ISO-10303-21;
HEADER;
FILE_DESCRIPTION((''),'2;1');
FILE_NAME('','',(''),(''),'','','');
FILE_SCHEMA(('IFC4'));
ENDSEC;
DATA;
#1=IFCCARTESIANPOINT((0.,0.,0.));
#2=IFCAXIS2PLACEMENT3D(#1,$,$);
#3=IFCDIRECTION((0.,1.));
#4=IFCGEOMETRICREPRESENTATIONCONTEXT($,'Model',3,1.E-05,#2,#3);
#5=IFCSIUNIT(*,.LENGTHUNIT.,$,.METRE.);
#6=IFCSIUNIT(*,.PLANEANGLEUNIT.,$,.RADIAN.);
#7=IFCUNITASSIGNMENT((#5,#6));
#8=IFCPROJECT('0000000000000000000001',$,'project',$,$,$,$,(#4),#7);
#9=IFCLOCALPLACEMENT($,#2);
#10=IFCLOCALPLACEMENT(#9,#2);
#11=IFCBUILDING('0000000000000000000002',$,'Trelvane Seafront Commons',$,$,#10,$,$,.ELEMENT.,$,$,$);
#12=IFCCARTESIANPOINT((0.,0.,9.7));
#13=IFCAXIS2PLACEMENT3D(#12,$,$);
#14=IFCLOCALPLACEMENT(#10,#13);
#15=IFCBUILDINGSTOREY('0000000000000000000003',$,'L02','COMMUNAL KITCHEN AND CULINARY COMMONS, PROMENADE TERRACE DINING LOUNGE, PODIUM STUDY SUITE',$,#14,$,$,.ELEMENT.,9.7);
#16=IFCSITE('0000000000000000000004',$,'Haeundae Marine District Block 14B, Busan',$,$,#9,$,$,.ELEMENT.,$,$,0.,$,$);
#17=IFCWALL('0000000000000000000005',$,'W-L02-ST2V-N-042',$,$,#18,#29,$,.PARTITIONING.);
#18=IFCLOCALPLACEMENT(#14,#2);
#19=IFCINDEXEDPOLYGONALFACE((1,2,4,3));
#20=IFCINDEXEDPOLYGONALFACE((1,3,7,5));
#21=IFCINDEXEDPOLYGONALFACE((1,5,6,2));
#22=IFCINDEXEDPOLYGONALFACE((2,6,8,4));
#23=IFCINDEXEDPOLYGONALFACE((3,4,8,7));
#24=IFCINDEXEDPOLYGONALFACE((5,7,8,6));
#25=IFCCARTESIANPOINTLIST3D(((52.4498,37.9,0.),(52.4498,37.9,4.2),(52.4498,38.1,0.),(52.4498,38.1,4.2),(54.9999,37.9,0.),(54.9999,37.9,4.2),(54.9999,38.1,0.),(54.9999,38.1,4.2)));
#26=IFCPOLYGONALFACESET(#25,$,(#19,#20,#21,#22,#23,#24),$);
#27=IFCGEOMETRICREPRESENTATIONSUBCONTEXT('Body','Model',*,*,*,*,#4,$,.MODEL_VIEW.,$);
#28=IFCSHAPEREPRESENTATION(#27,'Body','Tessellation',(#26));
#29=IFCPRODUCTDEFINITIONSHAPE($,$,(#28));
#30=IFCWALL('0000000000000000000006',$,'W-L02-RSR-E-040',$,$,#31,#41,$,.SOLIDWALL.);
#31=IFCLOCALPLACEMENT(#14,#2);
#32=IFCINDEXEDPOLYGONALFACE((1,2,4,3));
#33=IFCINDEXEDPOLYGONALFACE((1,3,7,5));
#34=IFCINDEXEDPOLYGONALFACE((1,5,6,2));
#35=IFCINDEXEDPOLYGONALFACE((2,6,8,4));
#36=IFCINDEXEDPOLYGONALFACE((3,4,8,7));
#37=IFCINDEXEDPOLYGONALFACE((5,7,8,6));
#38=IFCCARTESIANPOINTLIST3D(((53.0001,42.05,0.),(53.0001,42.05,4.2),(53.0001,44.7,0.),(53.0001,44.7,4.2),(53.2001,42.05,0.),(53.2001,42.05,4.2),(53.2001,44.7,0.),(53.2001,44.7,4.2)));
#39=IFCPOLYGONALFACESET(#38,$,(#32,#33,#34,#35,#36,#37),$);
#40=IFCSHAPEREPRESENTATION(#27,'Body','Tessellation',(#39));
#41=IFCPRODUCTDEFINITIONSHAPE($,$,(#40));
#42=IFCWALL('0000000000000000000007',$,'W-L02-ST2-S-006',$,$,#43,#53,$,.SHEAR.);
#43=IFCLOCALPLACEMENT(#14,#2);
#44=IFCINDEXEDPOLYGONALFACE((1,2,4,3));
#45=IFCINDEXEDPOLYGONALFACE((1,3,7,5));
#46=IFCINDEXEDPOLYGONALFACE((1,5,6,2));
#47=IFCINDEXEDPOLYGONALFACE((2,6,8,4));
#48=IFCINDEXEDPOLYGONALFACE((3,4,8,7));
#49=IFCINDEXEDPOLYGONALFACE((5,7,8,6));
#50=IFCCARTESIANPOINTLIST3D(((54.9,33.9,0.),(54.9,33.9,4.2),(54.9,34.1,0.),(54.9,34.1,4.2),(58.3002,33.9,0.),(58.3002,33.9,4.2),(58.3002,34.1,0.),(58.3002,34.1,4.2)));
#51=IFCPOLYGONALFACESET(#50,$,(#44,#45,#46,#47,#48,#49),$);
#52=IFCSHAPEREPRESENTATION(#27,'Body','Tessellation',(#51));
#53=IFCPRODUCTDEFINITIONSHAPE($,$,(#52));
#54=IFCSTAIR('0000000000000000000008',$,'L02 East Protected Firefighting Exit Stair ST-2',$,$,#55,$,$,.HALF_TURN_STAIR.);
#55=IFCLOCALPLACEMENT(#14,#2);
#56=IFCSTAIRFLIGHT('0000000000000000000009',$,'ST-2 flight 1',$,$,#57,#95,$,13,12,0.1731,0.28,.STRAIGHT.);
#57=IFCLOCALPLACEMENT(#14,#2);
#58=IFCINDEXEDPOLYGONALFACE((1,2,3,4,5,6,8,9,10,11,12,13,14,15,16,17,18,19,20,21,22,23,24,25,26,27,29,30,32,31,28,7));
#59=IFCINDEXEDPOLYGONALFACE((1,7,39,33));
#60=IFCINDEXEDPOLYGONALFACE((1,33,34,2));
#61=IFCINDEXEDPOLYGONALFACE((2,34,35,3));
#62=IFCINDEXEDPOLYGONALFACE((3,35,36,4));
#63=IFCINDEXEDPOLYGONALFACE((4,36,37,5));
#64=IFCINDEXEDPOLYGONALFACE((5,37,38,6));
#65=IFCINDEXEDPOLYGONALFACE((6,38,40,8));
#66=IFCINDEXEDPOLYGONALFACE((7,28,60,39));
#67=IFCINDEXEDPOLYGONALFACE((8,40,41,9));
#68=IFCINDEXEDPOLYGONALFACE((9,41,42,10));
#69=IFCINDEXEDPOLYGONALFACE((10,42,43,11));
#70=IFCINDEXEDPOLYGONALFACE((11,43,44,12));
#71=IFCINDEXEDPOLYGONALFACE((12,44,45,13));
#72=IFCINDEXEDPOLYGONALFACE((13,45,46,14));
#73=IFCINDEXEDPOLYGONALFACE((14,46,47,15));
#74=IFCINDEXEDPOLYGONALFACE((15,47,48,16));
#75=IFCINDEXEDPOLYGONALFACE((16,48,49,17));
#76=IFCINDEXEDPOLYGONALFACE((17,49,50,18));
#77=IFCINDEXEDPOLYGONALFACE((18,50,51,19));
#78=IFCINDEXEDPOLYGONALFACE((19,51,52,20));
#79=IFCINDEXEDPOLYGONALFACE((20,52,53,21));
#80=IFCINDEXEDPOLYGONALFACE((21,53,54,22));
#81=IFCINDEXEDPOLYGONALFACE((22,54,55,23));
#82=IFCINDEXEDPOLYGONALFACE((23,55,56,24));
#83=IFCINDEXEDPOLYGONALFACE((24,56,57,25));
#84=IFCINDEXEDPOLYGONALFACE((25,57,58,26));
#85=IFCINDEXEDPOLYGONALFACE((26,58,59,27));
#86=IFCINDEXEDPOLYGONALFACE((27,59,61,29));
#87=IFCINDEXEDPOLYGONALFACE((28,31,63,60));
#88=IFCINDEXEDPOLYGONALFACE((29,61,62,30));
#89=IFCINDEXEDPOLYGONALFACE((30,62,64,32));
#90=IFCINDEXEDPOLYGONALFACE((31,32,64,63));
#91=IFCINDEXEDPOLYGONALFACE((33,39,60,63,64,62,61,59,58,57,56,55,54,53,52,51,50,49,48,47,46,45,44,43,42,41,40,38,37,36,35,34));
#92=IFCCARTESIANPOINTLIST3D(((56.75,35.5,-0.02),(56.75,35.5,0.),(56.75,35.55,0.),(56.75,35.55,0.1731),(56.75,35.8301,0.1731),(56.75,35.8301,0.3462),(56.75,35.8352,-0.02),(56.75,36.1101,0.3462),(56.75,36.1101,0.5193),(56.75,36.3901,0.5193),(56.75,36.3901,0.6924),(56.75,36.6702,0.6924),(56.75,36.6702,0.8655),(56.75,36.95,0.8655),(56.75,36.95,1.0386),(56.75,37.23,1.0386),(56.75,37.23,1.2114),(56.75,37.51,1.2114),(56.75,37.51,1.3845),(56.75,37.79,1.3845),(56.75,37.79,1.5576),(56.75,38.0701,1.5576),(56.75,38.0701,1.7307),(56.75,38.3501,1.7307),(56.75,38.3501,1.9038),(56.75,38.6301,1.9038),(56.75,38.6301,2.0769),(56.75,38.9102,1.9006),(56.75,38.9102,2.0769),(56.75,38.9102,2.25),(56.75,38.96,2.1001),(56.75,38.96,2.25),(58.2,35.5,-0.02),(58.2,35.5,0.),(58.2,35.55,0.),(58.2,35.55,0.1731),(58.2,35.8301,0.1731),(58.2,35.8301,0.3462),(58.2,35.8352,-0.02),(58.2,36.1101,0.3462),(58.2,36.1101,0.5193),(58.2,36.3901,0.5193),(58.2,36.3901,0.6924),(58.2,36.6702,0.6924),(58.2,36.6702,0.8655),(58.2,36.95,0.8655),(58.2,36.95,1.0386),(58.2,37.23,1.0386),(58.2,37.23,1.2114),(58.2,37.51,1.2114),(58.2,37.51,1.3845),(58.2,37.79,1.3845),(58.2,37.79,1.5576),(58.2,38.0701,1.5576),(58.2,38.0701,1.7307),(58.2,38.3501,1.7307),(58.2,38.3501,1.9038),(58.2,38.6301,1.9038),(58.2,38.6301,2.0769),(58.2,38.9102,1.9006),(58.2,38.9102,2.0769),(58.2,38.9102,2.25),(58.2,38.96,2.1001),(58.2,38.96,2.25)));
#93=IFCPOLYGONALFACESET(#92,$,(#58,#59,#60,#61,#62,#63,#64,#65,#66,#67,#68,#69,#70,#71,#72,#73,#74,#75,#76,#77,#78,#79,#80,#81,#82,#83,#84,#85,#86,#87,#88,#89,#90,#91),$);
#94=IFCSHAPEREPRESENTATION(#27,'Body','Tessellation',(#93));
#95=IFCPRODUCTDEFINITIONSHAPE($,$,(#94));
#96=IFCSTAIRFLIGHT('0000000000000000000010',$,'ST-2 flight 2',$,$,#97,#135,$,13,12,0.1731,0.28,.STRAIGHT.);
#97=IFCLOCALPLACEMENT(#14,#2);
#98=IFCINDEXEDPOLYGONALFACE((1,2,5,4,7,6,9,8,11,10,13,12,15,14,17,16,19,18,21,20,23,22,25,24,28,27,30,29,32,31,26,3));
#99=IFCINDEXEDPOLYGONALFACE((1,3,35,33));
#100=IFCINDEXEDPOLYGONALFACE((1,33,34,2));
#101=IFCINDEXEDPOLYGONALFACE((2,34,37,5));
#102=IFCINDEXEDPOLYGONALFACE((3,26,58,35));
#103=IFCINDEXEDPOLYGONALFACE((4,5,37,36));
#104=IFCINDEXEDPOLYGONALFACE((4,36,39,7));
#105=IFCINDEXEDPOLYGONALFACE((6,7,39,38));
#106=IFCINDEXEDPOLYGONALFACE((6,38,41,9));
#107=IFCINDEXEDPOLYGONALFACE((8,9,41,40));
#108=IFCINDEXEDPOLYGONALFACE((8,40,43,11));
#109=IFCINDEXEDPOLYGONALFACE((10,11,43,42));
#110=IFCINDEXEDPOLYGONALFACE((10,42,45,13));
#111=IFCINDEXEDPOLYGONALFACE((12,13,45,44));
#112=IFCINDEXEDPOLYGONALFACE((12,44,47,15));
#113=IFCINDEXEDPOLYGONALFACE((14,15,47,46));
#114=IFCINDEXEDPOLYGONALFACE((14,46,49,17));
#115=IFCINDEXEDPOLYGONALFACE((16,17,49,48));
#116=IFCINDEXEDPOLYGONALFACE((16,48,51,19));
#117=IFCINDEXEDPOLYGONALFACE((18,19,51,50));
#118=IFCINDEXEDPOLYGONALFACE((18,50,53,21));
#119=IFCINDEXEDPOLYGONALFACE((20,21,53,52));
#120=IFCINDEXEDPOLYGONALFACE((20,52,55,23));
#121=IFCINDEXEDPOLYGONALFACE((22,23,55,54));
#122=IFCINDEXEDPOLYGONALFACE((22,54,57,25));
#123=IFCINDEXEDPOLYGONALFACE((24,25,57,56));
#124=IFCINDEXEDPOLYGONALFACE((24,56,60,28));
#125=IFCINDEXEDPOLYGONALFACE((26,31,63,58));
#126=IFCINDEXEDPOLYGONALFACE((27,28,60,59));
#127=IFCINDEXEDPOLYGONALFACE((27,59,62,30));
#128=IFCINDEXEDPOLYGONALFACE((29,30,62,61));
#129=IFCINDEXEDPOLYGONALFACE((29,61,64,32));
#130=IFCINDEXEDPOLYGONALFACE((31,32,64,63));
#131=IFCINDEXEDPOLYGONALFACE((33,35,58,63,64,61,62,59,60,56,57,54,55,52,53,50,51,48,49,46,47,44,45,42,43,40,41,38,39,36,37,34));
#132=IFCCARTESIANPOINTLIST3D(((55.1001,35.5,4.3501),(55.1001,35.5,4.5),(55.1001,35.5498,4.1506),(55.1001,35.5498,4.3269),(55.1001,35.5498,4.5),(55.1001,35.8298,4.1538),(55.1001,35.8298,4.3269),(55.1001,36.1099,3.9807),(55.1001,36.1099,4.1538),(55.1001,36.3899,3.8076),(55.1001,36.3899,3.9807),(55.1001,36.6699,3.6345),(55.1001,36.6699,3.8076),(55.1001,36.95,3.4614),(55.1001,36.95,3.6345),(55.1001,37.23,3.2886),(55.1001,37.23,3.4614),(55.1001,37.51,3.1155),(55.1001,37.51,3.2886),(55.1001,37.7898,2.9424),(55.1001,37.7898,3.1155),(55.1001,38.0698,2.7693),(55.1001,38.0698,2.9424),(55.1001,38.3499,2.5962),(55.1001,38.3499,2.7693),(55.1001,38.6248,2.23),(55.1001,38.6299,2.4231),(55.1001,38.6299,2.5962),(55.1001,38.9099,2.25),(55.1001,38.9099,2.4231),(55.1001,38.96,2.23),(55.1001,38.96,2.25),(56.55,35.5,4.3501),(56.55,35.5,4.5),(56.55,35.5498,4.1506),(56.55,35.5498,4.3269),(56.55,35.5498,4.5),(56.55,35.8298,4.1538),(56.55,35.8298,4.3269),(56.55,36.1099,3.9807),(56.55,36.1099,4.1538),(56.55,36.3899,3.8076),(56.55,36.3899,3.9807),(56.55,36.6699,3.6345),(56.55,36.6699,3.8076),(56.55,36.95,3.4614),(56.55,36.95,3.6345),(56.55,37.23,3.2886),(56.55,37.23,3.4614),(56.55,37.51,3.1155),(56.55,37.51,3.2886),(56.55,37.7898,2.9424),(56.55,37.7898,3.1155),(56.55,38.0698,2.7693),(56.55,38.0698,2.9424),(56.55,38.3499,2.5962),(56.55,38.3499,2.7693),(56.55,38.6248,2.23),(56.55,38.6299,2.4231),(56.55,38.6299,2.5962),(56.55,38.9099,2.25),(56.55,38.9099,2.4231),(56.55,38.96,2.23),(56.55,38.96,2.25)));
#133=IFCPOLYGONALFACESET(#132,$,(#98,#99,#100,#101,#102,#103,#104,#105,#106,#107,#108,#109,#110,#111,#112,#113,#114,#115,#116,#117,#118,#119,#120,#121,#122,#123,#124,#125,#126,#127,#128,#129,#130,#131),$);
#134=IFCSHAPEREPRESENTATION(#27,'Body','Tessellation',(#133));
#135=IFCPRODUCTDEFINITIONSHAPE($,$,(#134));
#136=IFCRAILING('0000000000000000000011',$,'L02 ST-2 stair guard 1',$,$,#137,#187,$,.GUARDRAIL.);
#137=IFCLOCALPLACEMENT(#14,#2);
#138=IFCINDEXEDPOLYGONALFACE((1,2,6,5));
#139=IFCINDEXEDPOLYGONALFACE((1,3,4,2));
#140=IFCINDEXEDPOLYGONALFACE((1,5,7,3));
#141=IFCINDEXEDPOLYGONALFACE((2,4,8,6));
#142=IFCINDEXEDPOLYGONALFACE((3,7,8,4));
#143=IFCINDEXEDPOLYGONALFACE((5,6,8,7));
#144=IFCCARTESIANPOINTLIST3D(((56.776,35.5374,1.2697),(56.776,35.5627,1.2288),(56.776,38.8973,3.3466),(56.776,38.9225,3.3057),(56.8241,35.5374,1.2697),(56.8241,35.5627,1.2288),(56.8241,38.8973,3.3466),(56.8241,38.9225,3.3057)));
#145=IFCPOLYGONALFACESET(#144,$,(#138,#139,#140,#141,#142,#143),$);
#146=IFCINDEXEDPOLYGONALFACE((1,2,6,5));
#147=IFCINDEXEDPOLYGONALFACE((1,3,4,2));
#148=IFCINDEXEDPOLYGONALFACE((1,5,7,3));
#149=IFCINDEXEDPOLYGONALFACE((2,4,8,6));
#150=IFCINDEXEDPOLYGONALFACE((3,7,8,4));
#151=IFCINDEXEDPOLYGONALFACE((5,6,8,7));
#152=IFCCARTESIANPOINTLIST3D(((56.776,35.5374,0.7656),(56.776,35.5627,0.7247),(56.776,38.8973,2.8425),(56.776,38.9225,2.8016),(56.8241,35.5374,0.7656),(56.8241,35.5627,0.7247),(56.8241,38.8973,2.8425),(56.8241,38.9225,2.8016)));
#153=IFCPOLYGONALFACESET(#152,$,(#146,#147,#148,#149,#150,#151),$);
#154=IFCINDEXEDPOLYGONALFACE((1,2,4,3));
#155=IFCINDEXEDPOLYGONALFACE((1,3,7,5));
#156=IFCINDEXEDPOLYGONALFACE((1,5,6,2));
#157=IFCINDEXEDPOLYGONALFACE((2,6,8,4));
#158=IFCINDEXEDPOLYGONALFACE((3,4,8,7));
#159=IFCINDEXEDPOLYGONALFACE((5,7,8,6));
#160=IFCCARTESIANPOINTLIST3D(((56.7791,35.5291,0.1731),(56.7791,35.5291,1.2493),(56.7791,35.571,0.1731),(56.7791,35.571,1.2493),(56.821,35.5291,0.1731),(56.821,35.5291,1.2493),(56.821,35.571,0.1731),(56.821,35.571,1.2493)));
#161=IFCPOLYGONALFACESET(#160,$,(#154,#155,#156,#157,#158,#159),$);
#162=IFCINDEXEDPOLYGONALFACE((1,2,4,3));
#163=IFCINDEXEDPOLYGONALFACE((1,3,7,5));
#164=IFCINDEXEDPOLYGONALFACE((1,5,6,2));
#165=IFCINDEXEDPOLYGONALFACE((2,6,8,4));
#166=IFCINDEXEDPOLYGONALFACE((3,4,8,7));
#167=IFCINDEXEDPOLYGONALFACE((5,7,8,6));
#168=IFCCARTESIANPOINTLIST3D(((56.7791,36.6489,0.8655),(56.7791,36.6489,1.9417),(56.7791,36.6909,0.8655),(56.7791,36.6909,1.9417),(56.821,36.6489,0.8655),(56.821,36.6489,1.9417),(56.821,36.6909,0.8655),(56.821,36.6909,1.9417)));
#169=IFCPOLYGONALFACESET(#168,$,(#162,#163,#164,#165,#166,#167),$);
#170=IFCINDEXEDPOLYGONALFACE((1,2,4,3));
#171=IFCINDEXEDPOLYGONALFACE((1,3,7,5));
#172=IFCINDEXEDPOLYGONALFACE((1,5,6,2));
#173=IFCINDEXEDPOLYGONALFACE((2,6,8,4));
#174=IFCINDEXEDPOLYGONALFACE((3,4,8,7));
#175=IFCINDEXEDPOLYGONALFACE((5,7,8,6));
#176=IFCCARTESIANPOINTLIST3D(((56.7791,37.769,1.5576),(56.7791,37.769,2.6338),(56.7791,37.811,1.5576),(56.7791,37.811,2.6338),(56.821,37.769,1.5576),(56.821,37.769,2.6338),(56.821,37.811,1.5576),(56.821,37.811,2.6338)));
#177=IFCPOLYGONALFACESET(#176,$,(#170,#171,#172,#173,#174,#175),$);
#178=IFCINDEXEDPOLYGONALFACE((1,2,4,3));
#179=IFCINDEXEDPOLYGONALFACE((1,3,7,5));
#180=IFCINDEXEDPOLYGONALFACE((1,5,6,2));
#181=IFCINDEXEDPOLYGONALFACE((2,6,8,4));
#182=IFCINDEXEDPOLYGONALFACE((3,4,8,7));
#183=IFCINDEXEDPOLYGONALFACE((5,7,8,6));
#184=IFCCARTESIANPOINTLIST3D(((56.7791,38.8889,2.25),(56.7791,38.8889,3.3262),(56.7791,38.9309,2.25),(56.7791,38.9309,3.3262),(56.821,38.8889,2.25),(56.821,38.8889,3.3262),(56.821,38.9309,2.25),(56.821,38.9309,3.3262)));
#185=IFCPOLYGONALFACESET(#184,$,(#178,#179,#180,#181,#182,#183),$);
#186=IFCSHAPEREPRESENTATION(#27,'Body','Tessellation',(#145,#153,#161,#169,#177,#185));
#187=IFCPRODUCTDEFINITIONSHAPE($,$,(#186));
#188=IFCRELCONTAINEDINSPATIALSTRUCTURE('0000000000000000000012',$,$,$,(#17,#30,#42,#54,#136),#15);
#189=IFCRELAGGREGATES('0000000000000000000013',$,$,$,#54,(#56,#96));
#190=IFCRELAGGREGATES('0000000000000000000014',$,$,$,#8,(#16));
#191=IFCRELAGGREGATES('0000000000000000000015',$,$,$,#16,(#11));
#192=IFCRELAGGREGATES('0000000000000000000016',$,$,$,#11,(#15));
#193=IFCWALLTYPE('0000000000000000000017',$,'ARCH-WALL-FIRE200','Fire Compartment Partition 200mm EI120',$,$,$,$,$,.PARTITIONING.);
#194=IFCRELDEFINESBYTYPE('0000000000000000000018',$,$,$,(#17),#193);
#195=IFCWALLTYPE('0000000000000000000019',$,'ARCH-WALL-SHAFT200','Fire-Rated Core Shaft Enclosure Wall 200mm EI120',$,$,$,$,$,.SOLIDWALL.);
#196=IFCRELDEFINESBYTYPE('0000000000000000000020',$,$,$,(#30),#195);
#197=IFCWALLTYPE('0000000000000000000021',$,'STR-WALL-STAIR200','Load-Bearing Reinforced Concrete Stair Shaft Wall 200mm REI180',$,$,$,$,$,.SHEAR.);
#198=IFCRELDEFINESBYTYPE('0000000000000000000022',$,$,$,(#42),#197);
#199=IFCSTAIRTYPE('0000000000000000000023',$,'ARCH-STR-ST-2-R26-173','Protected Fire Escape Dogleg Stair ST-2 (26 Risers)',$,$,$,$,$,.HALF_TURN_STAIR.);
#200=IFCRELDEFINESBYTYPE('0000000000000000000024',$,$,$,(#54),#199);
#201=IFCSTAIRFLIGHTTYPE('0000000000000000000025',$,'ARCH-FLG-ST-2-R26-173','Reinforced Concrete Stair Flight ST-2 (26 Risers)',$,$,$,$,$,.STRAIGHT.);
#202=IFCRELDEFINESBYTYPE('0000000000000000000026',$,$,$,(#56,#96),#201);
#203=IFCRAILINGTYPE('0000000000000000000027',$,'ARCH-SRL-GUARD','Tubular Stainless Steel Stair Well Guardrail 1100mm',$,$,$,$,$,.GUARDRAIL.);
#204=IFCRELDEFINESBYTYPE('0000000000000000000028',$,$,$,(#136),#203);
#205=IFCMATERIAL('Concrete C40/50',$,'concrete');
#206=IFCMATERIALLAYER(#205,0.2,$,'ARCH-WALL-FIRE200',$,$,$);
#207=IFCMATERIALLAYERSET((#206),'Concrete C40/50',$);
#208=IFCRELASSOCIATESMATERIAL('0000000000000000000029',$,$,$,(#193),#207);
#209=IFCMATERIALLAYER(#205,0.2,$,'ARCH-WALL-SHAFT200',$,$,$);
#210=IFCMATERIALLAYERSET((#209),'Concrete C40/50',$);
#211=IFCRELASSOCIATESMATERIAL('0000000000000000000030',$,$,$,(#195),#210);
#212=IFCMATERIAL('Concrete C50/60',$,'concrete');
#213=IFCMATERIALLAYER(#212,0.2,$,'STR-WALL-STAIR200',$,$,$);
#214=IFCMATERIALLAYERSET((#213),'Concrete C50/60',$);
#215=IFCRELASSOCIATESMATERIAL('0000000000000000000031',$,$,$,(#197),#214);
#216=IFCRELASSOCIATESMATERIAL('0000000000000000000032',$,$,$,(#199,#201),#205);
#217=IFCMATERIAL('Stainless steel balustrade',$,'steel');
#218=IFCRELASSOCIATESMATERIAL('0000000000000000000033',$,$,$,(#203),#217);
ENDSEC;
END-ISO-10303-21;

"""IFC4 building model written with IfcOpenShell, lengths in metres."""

from ifc_helpers import new_model, si_unit, direction, frame, frame_2d, origin, origin_2d, place, context, subcontext, project, spatial, polyline, rectangle, outline, extrude, source, transform, mapped, material, layer, layer_set, type_object, element, aggregate, save


model = new_model("IFC4")

# Units and contexts
model_context = context("Model", 3, precision=1e-05, world=origin(), true_north=direction((0.0, 1.0)))
body_context = subcontext(model_context, "Body", "Model", "MODEL_VIEW")
ifc_project = project(units=[si_unit("LENGTHUNIT", "METRE"), si_unit("PLANEANGLEUNIT", "RADIAN")], contexts=[model_context])

# Site, building, storey
site_placement = place(None, origin())
site = spatial("IfcSite", under=ifc_project, at=site_placement, Name="Haeundae Marine District Block 14B, Busan", CompositionType="ELEMENT", RefElevation=0.0)
building_placement = place(site_placement, origin())
building = spatial("IfcBuilding", under=site, at=building_placement, Name="Trelvane Seafront Commons", CompositionType="ELEMENT")
storey_placement = place(building_placement, frame((0.0, 0.0, 9.7)))
storey = spatial("IfcBuildingStorey", under=building, at=storey_placement, Name="L02", Description="COMMUNAL KITCHEN AND CULINARY COMMONS, PROMENADE TERRACE DINING LOUNGE, PODIUM STUDY SUITE", CompositionType="ELEMENT", Elevation=9.7)

# Walls
ifc_material_1 = material(Name="Concrete C40/50", Category="concrete")
ifc_layer_1 = layer(ifc_material_1, 0.2, Name="ARCH-WALL-FIRE200")
ifc_layer_set_1 = layer_set([ifc_layer_1], Name="Concrete C40/50")
wall_type_1 = type_object("IfcWallType", Name="ARCH-WALL-FIRE200", Description="Fire Compartment Partition 200mm EI120", PredefinedType="PARTITIONING", material=ifc_layer_set_1)
wall_1_placement = place(storey_placement, frame((52.45, 38.0, 0.0), z_axis=(0.0, 0.0, 1.0), x_axis=(1.0, 0.0, 0.0)))
element("IfcWall", 1, at=wall_1_placement, inside=storey, type_object=wall_type_1, Name="W-L02-ST2V-N-042", PredefinedType="PARTITIONING", context=body_context, shape_type="SweptSolid", body=[
    extrude(rectangle(XDim=2.55, YDim=0.2, at=frame_2d((1.2749, 0.0))), origin(), (0.0, 0.0, 1.0), 4.2),
])
ifc_layer_2 = layer(ifc_material_1, 0.2, Name="ARCH-WALL-SHAFT200")
ifc_layer_set_2 = layer_set([ifc_layer_2], Name="Concrete C40/50")
wall_type_2 = type_object("IfcWallType", Name="ARCH-WALL-SHAFT200", Description="Fire-Rated Core Shaft Enclosure Wall 200mm EI120", PredefinedType="SOLIDWALL", material=ifc_layer_set_2)
wall_2_placement = place(storey_placement, frame((53.1001, 42.05, 0.0), z_axis=(0.0, 0.0, 1.0), x_axis=(0.0, 1.0, 0.0)))
element("IfcWall", 2, at=wall_2_placement, inside=storey, type_object=wall_type_2, Name="W-L02-RSR-E-040", PredefinedType="SOLIDWALL", context=body_context, shape_type="SweptSolid", body=[
    extrude(rectangle(XDim=2.6499, YDim=0.2, at=frame_2d((1.325, 0.0))), origin(), (0.0, 0.0, 1.0), 4.2),
])
ifc_material_2 = material(Name="Concrete C50/60", Category="concrete")
ifc_layer_3 = layer(ifc_material_2, 0.2, Name="STR-WALL-STAIR200")
ifc_layer_set_3 = layer_set([ifc_layer_3], Name="Concrete C50/60")
wall_type_3 = type_object("IfcWallType", Name="STR-WALL-STAIR200", Description="Load-Bearing Reinforced Concrete Stair Shaft Wall 200mm REI180", PredefinedType="SHEAR", material=ifc_layer_set_3)
wall_3_placement = place(storey_placement, frame((54.8999, 34.0, 0.0), z_axis=(0.0, 0.0, 1.0), x_axis=(1.0, 0.0, 0.0)))
element("IfcWall", 3, at=wall_3_placement, inside=storey, type_object=wall_type_3, Name="W-L02-ST2-S-006", PredefinedType="SHEAR", context=body_context, shape_type="SweptSolid", body=[
    extrude(rectangle(XDim=3.4001, YDim=0.2, at=frame_2d((1.7002, 0.0))), origin(), (0.0, 0.0, 1.0), 4.2),
])

# Stair, stair flights
stair_type = type_object("IfcStairType", Name="ARCH-STR-ST-2-R26-173", Description="Protected Fire Escape Dogleg Stair ST-2 (26 Risers)", PredefinedType="HALF_TURN_STAIR", material=ifc_material_1)
stair_placement = place(storey_placement, origin())
stair = element("IfcStair", 4, at=stair_placement, inside=storey, type_object=stair_type, Name="L02 East Protected Firefighting Exit Stair ST-2", PredefinedType="HALF_TURN_STAIR")
stair_flight_type = type_object("IfcStairFlightType", Name="ARCH-FLG-ST-2-R26-173", Description="Reinforced Concrete Stair Flight ST-2 (26 Risers)", PredefinedType="STRAIGHT", material=ifc_material_1)
shared_shape_1 = source(origin(), body_context, "Body", "SweptSolid", [
    extrude(outline(polyline([(-0.05, -0.02), (-0.05, 0.0), (0.0, 0.0), (0.0, 0.1731), (0.28, 0.1731), (0.28, 0.3462), (0.5601, 0.3462), (0.5601, 0.5193), (0.8401, 0.5193), (0.8401, 0.6924), (1.1201, 0.6924), (1.1201, 0.8655), (1.3999, 0.8655), (1.3999, 1.0386), (1.6799, 1.0386), (1.6799, 1.2114), (1.96, 1.2114), (1.96, 1.3845), (2.24, 1.3845), (2.24, 1.5576), (2.52, 1.5576), (2.52, 1.7307), (2.8, 1.7307), (2.8, 1.9038), (3.0801, 1.9038), (3.0801, 2.0769), (3.3601, 2.0769), (3.3601, 2.25), (3.4099, 2.25), (3.4099, 2.1001), (3.3601, 1.9006), (0.2852, -0.02), (-0.05, -0.02)])), frame((0.0, 0.7251, 0.0), z_axis=(0.0, -1.0, 0.0), x_axis=(1.0, 0.0, 0.0)), (0.0, 0.0, 1.0), 1.45),
])
stair_flight_1_placement = place(storey_placement, frame((57.4751, 35.55, 0.0), z_axis=(0.0, 0.0, 1.0), x_axis=(0.0, 1.0, 0.0)))
stair_flight_1 = element("IfcStairFlight", 5, at=stair_flight_1_placement, type_object=stair_flight_type, Name="ST-2 flight 1", NumberOfRisers=13, NumberOfTreads=12, PredefinedType="STRAIGHT", RiserHeight=0.1731, TreadLength=0.28, context=body_context, shape_type="MappedRepresentation", body=[
    mapped(shared_shape_1, transform((0.0, 0.0, 0.0), x_axis=(1.0, 0.0, 0.0), y_axis=(0.0, 1.0, 0.0), z_axis=(0.0, 0.0, 1.0), scale=1.0)),
])
stair_flight_2_placement = place(storey_placement, frame((55.825, 38.9099, 2.25), z_axis=(0.0, 0.0, 1.0), x_axis=(0.0, -1.0, 0.0)))
stair_flight_2 = element("IfcStairFlight", 6, at=stair_flight_2_placement, type_object=stair_flight_type, Name="ST-2 flight 2", NumberOfRisers=13, NumberOfTreads=12, PredefinedType="STRAIGHT", RiserHeight=0.1731, TreadLength=0.28, context=body_context, shape_type="MappedRepresentation", body=[
    mapped(shared_shape_1, transform((0.0, 0.0, 0.0), x_axis=(1.0, 0.0, 0.0), y_axis=(0.0, 1.0, 0.0), z_axis=(0.0, 0.0, 1.0), scale=1.0)),
])
aggregate(stair, [stair_flight_1, stair_flight_2])

# Railing
ifc_material_3 = material(Name="Stainless steel balustrade", Category="steel")
railing_type_1 = type_object("IfcRailingType", Name="ARCH-SRL-GUARD", Description="Tubular Stainless Steel Stair Well Guardrail 1100mm", PredefinedType="GUARDRAIL", material=ifc_material_3)
railing_1_placement = place(storey_placement, frame((56.8, 35.55, 0.1731)))
element("IfcRailing", 7, at=railing_1_placement, inside=storey, type_object=railing_type_1, Name="L02 ST-2 stair guard 1", PredefinedType="GUARDRAIL", context=body_context, shape_type="SweptSolid", body=[
    extrude(rectangle(XDim=0.0481, YDim=0.0481, at=origin_2d()), frame((0.0, 0.0, 1.0762), z_axis=(0.0, 0.850606, 0.525803), x_axis=(-1.0, 0.0, 0.0)), (0.0, 0.0, 1.0), 3.95),
    extrude(rectangle(XDim=0.0481, YDim=0.0481, at=origin_2d()), frame((0.0, 0.0, 0.572), z_axis=(0.0, 0.850606, 0.525803), x_axis=(-1.0, 0.0, 0.0)), (0.0, 0.0, 1.0), 3.95),
    extrude(rectangle(XDim=0.042, YDim=0.042, at=origin_2d()), origin(), (0.0, 0.0, 1.0), 1.0762),
    extrude(rectangle(XDim=0.042, YDim=0.042, at=origin_2d()), frame((0.0, 1.1199, 0.6924)), (0.0, 0.0, 1.0), 1.0762),
    extrude(rectangle(XDim=0.042, YDim=0.042, at=origin_2d()), frame((0.0, 2.24, 1.3845)), (0.0, 0.0, 1.0), 1.0762),
    extrude(rectangle(XDim=0.042, YDim=0.042, at=origin_2d()), frame((0.0, 3.3599, 2.0769)), (0.0, 0.0, 1.0), 1.0762),
])

save(model, "model.ifc")
